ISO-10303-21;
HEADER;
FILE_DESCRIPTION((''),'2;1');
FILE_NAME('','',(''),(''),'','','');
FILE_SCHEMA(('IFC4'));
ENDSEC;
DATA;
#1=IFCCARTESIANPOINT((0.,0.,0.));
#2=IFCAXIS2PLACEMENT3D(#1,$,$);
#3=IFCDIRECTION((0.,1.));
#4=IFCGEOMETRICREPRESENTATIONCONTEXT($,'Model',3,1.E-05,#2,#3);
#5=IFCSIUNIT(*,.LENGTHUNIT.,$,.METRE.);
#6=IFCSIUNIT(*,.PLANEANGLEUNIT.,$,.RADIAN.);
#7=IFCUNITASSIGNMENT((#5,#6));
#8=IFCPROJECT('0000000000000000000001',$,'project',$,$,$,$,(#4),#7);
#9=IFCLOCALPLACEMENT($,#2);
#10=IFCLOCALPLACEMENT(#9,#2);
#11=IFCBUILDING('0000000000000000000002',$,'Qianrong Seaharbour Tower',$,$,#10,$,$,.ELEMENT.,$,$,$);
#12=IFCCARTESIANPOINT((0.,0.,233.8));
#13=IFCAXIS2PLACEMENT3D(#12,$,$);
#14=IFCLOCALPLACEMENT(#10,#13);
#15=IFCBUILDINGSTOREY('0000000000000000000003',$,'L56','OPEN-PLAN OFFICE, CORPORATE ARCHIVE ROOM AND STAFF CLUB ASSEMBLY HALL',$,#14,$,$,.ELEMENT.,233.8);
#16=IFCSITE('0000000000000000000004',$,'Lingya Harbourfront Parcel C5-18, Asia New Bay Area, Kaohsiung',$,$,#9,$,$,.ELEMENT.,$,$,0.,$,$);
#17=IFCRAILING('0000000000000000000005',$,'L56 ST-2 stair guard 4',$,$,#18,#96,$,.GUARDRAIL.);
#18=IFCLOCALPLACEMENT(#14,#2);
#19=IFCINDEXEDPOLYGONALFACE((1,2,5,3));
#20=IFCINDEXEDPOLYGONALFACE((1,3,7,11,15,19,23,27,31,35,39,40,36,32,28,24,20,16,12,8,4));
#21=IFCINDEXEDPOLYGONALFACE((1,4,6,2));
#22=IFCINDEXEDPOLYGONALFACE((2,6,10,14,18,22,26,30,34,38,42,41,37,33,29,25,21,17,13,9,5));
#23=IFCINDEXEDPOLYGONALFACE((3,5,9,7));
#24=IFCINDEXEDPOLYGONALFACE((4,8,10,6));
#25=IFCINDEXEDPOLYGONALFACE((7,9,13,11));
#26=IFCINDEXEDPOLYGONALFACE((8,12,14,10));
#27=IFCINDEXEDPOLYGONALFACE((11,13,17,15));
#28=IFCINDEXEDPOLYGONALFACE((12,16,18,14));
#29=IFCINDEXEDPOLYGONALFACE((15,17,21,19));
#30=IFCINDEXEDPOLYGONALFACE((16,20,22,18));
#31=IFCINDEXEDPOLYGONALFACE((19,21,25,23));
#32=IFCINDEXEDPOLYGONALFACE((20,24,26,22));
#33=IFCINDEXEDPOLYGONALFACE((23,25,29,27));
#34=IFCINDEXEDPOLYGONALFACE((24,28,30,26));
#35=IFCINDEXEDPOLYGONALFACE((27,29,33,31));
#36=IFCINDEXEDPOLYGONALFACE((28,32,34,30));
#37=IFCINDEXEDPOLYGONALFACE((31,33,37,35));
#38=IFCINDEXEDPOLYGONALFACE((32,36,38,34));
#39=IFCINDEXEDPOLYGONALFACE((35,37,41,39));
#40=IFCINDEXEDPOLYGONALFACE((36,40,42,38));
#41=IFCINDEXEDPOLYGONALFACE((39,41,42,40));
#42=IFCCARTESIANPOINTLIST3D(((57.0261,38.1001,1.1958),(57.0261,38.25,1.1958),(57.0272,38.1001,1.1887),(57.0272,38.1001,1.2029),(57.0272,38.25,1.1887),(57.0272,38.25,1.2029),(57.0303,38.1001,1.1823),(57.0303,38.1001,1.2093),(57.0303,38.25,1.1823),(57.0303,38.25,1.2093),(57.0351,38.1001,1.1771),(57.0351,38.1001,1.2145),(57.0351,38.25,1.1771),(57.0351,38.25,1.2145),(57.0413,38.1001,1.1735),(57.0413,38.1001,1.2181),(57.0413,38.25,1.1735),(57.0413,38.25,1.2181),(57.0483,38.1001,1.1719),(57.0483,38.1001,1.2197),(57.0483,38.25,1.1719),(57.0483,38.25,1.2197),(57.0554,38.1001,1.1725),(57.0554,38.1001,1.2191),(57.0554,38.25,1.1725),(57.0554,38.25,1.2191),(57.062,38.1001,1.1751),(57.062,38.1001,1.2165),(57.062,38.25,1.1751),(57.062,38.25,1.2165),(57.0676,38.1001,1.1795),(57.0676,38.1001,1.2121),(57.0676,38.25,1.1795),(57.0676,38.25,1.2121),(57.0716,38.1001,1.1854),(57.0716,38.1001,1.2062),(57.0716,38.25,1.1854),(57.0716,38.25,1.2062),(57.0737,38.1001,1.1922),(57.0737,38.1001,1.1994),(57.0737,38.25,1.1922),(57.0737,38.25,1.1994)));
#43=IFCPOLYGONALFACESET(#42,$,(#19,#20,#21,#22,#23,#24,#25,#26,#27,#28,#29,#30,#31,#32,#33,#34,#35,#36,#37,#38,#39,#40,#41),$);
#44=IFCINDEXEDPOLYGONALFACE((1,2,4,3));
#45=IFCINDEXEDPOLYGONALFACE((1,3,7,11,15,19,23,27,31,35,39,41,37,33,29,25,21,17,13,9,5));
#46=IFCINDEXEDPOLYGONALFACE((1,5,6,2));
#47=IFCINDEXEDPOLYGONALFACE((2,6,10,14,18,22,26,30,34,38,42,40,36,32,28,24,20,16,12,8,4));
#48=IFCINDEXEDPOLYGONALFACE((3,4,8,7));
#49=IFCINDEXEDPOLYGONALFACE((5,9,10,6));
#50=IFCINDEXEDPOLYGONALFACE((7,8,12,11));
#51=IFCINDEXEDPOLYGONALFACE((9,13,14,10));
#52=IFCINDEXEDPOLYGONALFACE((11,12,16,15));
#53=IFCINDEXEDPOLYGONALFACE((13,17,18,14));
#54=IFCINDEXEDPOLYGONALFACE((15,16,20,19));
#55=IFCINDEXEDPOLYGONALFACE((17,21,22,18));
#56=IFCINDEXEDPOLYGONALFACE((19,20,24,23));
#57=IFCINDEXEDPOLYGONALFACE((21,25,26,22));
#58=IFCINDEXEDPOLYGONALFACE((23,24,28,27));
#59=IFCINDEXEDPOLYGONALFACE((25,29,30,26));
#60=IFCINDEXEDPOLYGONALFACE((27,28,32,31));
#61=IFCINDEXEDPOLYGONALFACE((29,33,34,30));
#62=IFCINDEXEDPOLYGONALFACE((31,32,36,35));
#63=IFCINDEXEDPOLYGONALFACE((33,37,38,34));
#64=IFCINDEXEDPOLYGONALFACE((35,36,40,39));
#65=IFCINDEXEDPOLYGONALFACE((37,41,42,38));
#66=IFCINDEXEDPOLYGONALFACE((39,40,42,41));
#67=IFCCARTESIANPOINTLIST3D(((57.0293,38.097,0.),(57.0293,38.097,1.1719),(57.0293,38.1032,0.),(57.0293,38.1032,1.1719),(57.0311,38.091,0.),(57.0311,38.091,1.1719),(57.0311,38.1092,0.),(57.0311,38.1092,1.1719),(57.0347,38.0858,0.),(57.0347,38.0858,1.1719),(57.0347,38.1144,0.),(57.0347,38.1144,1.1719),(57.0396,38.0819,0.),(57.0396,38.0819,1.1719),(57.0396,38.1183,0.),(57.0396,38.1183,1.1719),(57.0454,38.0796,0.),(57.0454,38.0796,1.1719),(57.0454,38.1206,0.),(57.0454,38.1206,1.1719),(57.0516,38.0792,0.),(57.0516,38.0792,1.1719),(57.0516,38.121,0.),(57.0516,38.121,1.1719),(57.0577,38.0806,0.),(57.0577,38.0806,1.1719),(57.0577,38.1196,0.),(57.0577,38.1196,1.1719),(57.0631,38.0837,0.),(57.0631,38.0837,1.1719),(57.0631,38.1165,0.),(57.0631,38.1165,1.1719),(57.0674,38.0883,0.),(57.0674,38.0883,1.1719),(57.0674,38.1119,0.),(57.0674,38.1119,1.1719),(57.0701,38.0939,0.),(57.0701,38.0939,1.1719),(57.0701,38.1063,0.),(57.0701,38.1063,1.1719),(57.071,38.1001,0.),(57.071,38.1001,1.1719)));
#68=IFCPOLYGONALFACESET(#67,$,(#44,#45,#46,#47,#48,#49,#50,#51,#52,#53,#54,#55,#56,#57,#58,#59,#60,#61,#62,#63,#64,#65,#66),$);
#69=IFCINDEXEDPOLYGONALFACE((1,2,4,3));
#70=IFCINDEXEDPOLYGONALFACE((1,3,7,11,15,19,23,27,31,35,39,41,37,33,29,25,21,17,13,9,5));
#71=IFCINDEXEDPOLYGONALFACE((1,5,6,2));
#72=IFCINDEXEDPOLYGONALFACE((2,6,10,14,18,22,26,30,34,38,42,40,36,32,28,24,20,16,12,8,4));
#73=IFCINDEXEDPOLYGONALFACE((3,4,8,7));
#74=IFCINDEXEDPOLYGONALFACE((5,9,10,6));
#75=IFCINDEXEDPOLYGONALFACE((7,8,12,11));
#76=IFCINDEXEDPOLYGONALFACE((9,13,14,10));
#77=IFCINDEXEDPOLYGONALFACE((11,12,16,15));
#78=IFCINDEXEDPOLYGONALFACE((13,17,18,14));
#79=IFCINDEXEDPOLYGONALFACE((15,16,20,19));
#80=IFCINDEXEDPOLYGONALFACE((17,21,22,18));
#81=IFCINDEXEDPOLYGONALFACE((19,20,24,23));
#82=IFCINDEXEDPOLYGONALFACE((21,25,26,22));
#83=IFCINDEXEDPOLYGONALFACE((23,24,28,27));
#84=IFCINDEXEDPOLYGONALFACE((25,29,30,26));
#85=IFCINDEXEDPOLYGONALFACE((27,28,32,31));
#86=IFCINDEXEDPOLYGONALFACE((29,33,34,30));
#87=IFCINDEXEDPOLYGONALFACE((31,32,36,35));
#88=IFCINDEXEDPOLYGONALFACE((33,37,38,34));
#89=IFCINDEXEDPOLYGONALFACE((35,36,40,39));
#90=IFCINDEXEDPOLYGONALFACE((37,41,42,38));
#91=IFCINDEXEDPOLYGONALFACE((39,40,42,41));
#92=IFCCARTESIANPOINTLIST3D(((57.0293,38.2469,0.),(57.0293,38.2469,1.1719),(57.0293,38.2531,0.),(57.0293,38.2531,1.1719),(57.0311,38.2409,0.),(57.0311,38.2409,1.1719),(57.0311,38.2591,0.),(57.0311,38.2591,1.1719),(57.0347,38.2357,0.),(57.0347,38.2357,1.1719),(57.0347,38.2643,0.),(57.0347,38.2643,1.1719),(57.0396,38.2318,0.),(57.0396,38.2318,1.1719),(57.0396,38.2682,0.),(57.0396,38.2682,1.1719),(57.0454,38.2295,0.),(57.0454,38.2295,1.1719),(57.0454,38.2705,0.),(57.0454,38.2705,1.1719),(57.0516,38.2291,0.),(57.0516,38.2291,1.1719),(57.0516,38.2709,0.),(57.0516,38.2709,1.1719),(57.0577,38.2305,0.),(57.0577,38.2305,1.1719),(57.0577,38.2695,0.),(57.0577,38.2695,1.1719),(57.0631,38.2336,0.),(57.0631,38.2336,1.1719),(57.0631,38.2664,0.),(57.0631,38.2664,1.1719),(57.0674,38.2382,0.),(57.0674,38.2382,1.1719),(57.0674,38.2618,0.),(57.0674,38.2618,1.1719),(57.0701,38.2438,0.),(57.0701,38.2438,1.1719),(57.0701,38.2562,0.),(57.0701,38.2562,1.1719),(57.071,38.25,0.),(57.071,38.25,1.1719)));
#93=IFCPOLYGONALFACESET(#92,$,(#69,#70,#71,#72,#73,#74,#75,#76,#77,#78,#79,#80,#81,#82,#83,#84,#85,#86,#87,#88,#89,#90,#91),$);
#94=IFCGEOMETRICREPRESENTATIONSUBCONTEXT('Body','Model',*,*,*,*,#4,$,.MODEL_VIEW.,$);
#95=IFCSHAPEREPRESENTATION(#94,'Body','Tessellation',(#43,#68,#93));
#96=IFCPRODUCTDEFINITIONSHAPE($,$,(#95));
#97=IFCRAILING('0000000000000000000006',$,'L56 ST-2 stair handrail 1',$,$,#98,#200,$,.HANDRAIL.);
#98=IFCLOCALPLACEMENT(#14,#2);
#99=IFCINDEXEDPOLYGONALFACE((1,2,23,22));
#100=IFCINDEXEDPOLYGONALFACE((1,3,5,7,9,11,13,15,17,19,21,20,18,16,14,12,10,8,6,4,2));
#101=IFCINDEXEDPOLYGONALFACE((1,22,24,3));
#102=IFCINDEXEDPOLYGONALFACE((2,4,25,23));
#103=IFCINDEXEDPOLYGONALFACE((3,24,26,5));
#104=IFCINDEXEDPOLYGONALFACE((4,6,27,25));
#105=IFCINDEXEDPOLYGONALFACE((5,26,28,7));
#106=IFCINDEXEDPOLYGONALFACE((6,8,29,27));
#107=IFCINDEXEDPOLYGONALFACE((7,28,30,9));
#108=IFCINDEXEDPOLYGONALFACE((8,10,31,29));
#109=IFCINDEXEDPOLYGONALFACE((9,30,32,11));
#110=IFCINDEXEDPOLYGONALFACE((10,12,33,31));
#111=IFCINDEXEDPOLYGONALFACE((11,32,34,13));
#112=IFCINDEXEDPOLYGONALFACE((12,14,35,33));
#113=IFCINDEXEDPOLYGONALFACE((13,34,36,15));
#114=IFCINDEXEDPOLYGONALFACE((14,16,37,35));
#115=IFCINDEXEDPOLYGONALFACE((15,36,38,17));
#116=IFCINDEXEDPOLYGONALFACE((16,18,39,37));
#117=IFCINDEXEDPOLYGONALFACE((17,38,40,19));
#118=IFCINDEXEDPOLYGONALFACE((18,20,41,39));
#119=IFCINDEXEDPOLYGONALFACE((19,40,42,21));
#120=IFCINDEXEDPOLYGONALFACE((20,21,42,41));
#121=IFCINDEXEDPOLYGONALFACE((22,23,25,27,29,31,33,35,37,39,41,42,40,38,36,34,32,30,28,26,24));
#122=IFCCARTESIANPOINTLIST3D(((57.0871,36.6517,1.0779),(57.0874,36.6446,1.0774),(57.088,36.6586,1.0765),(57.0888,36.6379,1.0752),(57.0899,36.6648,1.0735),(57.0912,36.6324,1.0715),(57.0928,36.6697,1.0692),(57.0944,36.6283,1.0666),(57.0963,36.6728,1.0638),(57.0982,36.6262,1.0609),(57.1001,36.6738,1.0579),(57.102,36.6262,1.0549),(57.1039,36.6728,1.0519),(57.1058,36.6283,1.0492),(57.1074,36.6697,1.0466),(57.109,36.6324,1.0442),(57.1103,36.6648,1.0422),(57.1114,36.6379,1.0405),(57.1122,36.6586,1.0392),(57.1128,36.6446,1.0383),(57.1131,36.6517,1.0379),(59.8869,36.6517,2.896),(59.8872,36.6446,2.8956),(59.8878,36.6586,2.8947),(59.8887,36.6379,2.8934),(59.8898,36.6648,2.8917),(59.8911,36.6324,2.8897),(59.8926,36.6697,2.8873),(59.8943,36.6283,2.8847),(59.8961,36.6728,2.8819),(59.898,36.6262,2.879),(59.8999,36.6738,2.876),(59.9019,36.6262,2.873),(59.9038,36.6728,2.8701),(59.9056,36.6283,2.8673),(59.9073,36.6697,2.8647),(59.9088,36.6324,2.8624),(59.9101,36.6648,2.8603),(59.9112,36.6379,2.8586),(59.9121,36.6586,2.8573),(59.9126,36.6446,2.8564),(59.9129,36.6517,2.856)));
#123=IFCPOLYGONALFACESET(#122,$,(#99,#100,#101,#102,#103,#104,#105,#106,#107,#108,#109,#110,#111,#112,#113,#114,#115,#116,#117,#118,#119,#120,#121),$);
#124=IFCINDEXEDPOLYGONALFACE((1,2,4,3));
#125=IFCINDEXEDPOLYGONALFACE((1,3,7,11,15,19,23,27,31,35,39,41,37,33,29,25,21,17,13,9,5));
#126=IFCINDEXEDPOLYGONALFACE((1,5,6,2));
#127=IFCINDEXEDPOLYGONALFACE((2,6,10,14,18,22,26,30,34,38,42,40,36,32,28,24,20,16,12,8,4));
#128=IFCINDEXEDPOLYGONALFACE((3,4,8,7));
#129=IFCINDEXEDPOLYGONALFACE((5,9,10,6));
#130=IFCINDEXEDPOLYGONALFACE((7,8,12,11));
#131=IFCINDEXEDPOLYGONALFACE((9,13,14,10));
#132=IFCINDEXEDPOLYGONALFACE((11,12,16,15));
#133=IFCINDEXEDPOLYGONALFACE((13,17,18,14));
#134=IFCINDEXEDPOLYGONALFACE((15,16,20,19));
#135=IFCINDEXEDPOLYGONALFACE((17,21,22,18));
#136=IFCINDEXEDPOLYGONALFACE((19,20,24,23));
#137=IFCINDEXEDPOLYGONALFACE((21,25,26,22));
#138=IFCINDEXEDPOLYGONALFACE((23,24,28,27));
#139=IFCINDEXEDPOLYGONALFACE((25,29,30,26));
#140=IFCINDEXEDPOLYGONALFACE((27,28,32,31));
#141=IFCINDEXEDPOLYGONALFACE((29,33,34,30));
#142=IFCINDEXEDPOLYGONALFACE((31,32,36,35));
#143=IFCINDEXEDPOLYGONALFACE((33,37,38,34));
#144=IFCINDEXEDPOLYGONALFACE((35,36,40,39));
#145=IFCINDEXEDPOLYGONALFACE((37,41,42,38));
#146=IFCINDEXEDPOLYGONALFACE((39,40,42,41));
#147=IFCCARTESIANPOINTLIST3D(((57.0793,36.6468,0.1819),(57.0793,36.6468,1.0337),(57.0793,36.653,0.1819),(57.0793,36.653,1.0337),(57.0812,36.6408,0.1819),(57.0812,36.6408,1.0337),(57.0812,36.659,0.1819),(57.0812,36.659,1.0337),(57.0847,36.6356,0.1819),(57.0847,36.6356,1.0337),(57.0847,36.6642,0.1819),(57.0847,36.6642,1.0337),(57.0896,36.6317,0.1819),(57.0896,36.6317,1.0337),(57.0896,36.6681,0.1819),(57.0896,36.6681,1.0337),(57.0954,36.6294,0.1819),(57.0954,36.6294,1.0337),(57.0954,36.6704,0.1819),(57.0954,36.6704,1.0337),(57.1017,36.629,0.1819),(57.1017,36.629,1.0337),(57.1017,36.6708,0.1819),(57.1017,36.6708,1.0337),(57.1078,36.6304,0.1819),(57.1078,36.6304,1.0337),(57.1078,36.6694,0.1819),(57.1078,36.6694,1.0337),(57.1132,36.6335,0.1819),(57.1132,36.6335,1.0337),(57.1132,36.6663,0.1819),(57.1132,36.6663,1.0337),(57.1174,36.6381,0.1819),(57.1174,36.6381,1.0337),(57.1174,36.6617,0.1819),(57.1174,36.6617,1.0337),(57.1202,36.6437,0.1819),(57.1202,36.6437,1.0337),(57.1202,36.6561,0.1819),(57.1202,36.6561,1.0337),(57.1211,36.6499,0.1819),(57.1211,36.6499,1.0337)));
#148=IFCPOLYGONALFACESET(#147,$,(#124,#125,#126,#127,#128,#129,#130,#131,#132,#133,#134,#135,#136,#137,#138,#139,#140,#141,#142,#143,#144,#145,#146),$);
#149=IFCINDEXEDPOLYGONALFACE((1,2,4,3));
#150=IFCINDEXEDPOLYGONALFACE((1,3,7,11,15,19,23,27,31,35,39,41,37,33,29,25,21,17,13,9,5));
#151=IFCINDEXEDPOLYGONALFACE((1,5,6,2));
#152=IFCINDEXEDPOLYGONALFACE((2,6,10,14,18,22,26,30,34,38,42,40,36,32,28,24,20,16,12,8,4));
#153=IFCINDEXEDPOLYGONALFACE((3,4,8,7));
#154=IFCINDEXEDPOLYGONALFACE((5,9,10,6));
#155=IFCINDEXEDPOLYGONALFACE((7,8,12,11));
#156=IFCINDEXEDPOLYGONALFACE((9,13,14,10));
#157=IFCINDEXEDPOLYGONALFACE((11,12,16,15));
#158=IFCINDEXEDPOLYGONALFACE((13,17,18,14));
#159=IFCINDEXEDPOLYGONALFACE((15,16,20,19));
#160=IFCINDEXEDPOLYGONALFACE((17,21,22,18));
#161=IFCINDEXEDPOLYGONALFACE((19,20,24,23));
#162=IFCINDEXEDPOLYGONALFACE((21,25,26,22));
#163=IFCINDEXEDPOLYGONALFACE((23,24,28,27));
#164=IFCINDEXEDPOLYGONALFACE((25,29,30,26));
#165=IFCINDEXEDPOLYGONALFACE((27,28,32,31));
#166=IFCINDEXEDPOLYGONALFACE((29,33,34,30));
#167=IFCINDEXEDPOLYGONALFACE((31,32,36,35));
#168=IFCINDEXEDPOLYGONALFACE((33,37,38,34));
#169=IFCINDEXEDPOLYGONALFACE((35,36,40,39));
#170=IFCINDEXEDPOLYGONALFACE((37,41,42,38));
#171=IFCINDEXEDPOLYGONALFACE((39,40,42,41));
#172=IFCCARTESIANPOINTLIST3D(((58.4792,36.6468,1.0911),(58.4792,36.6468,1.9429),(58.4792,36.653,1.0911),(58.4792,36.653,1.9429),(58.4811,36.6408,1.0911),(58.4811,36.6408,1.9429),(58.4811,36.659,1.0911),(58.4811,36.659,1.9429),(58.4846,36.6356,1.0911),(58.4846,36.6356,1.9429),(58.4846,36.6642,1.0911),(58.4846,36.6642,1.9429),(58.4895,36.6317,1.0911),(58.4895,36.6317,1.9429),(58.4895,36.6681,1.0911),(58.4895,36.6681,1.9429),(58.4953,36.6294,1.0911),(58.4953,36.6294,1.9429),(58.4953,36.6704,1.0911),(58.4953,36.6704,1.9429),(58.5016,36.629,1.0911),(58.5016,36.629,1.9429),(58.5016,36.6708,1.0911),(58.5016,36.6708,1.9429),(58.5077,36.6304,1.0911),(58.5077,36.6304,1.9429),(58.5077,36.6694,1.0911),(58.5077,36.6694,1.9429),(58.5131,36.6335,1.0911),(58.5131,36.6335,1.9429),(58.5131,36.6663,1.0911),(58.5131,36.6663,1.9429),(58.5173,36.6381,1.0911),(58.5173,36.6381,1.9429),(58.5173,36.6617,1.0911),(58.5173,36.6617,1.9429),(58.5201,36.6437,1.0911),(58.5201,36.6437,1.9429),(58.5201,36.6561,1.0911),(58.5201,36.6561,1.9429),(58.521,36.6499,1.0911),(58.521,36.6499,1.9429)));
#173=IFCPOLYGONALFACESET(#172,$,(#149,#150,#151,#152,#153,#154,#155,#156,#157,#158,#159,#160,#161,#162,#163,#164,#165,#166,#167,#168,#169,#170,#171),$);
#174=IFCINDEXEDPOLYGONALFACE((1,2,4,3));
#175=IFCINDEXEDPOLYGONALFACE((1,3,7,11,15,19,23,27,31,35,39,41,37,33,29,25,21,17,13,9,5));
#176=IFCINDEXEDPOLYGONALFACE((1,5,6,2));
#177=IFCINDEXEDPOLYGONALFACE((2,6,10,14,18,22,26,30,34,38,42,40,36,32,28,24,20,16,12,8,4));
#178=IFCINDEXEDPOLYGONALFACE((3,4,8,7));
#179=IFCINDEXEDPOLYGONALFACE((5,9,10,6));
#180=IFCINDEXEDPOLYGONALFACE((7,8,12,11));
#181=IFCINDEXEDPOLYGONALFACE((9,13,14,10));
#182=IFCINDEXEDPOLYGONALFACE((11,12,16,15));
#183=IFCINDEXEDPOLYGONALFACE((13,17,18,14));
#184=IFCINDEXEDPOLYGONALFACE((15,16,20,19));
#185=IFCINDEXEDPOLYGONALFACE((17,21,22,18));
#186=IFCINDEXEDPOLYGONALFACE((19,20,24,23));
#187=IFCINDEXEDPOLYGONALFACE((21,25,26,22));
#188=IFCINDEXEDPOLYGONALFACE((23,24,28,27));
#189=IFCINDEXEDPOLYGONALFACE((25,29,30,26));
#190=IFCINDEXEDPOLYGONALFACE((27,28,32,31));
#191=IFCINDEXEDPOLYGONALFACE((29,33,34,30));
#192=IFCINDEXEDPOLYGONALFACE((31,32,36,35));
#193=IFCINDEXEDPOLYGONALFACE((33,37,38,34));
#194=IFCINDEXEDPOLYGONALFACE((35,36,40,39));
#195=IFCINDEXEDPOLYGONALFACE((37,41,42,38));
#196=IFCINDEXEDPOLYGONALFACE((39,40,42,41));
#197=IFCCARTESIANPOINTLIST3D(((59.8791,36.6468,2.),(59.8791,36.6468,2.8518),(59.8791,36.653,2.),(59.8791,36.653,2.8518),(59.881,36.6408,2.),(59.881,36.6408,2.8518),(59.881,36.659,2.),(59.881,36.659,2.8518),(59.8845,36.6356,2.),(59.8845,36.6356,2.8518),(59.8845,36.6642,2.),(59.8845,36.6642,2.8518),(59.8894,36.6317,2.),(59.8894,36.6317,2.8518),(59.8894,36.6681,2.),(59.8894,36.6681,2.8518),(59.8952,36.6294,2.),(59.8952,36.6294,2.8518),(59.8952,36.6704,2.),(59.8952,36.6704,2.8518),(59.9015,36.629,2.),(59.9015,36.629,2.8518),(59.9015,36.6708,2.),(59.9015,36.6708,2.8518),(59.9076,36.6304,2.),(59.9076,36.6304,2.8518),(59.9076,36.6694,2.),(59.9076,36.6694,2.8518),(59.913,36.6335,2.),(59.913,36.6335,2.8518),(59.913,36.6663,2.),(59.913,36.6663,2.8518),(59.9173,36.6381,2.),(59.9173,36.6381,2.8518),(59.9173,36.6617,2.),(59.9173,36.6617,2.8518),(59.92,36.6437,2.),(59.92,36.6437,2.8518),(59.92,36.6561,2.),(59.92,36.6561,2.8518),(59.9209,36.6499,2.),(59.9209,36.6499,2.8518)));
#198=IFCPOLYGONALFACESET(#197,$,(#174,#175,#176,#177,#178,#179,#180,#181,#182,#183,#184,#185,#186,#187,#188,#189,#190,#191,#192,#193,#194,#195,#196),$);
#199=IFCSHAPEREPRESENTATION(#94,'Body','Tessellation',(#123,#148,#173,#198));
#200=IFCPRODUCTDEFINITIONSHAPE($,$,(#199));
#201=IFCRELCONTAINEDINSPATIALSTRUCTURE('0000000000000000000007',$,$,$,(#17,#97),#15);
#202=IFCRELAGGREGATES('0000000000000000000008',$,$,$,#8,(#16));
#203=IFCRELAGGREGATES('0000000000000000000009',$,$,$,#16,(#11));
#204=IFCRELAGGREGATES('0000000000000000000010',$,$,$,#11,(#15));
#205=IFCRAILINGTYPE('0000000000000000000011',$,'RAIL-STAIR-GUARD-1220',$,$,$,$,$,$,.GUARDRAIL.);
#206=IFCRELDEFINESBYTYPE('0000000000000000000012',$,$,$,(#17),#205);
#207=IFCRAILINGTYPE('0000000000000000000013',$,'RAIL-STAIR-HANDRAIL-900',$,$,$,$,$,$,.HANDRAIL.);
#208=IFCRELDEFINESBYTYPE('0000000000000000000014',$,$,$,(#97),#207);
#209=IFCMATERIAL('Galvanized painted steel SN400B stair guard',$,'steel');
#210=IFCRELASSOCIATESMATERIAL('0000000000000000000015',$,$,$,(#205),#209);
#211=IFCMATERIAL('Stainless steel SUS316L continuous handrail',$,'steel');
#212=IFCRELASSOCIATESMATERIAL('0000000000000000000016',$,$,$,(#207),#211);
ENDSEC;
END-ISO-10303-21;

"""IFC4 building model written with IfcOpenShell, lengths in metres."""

from ifc_helpers import new_model, si_unit, direction, frame, origin, origin_2d, place, context, subcontext, project, spatial, circle, extrude, material, type_object, element, save


model = new_model("IFC4")

# Units and contexts
model_context = context("Model", 3, precision=1e-05, world=origin(), true_north=direction((0.0, 1.0)))
body_context = subcontext(model_context, "Body", "Model", "MODEL_VIEW")
ifc_project = project(units=[si_unit("LENGTHUNIT", "METRE"), si_unit("PLANEANGLEUNIT", "RADIAN")], contexts=[model_context])

# Site, building, storey
site_placement = place(None, origin())
site = spatial("IfcSite", under=ifc_project, at=site_placement, Name="Lingya Harbourfront Parcel C5-18, Asia New Bay Area, Kaohsiung", CompositionType="ELEMENT", RefElevation=0.0)
building_placement = place(site_placement, origin())
building = spatial("IfcBuilding", under=site, at=building_placement, Name="Qianrong Seaharbour Tower", CompositionType="ELEMENT")
storey_placement = place(building_placement, frame((0.0, 0.0, 233.8)))
storey = spatial("IfcBuildingStorey", under=building, at=storey_placement, Name="L56", Description="OPEN-PLAN OFFICE, CORPORATE ARCHIVE ROOM AND STAFF CLUB ASSEMBLY HALL", CompositionType="ELEMENT", Elevation=233.8)

# Railings
ifc_material_1 = material(Name="Galvanized painted steel SN400B stair guard", Category="steel")
railing_type_1 = type_object("IfcRailingType", Name="RAIL-STAIR-GUARD-1220", PredefinedType="GUARDRAIL", material=ifc_material_1)
railing_1_placement = place(storey_placement, frame((57.05, 38.1001, 0.0)))
element("IfcRailing", 1, at=railing_1_placement, inside=storey, type_object=railing_type_1, Name="L56 ST-2 stair guard 4", PredefinedType="GUARDRAIL", context=body_context, shape_type="SweptSolid", body=[
    extrude(circle(Radius=0.0239, at=origin_2d()), frame((0.0, 0.0, 1.1958), z_axis=(0.0, 1.0, 0.0), x_axis=(-1.0, 0.0, 0.0)), (0.0, 0.0, 1.0), 0.1499),
    extrude(circle(Radius=0.021, at=origin_2d()), origin(), (0.0, 0.0, 1.0), 1.1719),
    extrude(circle(Radius=0.021, at=origin_2d()), frame((0.0, 0.1499, 0.0)), (0.0, 0.0, 1.0), 1.1719),
])
ifc_material_2 = material(Name="Stainless steel SUS316L continuous handrail", Category="steel")
railing_type_2 = type_object("IfcRailingType", Name="RAIL-STAIR-HANDRAIL-900", PredefinedType="HANDRAIL", material=ifc_material_2)
railing_2_placement = place(storey_placement, frame((57.1001, 36.6499, 0.1819)))
element("IfcRailing", 2, at=railing_2_placement, inside=storey, type_object=railing_type_2, Name="L56 ST-2 stair handrail 1", PredefinedType="HANDRAIL", context=body_context, shape_type="SweptSolid", body=[
    extrude(circle(Radius=0.0239, at=origin_2d()), frame((0.0, 0.0, 0.876), z_axis=(0.838684, 0.0, 0.544618), x_axis=(0.0, 1.0, 0.0)), (0.0, 0.0, 1.0), 3.3384),
    extrude(circle(Radius=0.021, at=origin_2d()), origin(), (0.0, 0.0, 1.0), 0.8518),
    extrude(circle(Radius=0.021, at=origin_2d()), frame((1.3999, 0.0, 0.9092)), (0.0, 0.0, 1.0), 0.8518),
    extrude(circle(Radius=0.021, at=origin_2d()), frame((2.7998, 0.0, 1.8181)), (0.0, 0.0, 1.0), 0.8518),
])

save(model, "model.ifc")
